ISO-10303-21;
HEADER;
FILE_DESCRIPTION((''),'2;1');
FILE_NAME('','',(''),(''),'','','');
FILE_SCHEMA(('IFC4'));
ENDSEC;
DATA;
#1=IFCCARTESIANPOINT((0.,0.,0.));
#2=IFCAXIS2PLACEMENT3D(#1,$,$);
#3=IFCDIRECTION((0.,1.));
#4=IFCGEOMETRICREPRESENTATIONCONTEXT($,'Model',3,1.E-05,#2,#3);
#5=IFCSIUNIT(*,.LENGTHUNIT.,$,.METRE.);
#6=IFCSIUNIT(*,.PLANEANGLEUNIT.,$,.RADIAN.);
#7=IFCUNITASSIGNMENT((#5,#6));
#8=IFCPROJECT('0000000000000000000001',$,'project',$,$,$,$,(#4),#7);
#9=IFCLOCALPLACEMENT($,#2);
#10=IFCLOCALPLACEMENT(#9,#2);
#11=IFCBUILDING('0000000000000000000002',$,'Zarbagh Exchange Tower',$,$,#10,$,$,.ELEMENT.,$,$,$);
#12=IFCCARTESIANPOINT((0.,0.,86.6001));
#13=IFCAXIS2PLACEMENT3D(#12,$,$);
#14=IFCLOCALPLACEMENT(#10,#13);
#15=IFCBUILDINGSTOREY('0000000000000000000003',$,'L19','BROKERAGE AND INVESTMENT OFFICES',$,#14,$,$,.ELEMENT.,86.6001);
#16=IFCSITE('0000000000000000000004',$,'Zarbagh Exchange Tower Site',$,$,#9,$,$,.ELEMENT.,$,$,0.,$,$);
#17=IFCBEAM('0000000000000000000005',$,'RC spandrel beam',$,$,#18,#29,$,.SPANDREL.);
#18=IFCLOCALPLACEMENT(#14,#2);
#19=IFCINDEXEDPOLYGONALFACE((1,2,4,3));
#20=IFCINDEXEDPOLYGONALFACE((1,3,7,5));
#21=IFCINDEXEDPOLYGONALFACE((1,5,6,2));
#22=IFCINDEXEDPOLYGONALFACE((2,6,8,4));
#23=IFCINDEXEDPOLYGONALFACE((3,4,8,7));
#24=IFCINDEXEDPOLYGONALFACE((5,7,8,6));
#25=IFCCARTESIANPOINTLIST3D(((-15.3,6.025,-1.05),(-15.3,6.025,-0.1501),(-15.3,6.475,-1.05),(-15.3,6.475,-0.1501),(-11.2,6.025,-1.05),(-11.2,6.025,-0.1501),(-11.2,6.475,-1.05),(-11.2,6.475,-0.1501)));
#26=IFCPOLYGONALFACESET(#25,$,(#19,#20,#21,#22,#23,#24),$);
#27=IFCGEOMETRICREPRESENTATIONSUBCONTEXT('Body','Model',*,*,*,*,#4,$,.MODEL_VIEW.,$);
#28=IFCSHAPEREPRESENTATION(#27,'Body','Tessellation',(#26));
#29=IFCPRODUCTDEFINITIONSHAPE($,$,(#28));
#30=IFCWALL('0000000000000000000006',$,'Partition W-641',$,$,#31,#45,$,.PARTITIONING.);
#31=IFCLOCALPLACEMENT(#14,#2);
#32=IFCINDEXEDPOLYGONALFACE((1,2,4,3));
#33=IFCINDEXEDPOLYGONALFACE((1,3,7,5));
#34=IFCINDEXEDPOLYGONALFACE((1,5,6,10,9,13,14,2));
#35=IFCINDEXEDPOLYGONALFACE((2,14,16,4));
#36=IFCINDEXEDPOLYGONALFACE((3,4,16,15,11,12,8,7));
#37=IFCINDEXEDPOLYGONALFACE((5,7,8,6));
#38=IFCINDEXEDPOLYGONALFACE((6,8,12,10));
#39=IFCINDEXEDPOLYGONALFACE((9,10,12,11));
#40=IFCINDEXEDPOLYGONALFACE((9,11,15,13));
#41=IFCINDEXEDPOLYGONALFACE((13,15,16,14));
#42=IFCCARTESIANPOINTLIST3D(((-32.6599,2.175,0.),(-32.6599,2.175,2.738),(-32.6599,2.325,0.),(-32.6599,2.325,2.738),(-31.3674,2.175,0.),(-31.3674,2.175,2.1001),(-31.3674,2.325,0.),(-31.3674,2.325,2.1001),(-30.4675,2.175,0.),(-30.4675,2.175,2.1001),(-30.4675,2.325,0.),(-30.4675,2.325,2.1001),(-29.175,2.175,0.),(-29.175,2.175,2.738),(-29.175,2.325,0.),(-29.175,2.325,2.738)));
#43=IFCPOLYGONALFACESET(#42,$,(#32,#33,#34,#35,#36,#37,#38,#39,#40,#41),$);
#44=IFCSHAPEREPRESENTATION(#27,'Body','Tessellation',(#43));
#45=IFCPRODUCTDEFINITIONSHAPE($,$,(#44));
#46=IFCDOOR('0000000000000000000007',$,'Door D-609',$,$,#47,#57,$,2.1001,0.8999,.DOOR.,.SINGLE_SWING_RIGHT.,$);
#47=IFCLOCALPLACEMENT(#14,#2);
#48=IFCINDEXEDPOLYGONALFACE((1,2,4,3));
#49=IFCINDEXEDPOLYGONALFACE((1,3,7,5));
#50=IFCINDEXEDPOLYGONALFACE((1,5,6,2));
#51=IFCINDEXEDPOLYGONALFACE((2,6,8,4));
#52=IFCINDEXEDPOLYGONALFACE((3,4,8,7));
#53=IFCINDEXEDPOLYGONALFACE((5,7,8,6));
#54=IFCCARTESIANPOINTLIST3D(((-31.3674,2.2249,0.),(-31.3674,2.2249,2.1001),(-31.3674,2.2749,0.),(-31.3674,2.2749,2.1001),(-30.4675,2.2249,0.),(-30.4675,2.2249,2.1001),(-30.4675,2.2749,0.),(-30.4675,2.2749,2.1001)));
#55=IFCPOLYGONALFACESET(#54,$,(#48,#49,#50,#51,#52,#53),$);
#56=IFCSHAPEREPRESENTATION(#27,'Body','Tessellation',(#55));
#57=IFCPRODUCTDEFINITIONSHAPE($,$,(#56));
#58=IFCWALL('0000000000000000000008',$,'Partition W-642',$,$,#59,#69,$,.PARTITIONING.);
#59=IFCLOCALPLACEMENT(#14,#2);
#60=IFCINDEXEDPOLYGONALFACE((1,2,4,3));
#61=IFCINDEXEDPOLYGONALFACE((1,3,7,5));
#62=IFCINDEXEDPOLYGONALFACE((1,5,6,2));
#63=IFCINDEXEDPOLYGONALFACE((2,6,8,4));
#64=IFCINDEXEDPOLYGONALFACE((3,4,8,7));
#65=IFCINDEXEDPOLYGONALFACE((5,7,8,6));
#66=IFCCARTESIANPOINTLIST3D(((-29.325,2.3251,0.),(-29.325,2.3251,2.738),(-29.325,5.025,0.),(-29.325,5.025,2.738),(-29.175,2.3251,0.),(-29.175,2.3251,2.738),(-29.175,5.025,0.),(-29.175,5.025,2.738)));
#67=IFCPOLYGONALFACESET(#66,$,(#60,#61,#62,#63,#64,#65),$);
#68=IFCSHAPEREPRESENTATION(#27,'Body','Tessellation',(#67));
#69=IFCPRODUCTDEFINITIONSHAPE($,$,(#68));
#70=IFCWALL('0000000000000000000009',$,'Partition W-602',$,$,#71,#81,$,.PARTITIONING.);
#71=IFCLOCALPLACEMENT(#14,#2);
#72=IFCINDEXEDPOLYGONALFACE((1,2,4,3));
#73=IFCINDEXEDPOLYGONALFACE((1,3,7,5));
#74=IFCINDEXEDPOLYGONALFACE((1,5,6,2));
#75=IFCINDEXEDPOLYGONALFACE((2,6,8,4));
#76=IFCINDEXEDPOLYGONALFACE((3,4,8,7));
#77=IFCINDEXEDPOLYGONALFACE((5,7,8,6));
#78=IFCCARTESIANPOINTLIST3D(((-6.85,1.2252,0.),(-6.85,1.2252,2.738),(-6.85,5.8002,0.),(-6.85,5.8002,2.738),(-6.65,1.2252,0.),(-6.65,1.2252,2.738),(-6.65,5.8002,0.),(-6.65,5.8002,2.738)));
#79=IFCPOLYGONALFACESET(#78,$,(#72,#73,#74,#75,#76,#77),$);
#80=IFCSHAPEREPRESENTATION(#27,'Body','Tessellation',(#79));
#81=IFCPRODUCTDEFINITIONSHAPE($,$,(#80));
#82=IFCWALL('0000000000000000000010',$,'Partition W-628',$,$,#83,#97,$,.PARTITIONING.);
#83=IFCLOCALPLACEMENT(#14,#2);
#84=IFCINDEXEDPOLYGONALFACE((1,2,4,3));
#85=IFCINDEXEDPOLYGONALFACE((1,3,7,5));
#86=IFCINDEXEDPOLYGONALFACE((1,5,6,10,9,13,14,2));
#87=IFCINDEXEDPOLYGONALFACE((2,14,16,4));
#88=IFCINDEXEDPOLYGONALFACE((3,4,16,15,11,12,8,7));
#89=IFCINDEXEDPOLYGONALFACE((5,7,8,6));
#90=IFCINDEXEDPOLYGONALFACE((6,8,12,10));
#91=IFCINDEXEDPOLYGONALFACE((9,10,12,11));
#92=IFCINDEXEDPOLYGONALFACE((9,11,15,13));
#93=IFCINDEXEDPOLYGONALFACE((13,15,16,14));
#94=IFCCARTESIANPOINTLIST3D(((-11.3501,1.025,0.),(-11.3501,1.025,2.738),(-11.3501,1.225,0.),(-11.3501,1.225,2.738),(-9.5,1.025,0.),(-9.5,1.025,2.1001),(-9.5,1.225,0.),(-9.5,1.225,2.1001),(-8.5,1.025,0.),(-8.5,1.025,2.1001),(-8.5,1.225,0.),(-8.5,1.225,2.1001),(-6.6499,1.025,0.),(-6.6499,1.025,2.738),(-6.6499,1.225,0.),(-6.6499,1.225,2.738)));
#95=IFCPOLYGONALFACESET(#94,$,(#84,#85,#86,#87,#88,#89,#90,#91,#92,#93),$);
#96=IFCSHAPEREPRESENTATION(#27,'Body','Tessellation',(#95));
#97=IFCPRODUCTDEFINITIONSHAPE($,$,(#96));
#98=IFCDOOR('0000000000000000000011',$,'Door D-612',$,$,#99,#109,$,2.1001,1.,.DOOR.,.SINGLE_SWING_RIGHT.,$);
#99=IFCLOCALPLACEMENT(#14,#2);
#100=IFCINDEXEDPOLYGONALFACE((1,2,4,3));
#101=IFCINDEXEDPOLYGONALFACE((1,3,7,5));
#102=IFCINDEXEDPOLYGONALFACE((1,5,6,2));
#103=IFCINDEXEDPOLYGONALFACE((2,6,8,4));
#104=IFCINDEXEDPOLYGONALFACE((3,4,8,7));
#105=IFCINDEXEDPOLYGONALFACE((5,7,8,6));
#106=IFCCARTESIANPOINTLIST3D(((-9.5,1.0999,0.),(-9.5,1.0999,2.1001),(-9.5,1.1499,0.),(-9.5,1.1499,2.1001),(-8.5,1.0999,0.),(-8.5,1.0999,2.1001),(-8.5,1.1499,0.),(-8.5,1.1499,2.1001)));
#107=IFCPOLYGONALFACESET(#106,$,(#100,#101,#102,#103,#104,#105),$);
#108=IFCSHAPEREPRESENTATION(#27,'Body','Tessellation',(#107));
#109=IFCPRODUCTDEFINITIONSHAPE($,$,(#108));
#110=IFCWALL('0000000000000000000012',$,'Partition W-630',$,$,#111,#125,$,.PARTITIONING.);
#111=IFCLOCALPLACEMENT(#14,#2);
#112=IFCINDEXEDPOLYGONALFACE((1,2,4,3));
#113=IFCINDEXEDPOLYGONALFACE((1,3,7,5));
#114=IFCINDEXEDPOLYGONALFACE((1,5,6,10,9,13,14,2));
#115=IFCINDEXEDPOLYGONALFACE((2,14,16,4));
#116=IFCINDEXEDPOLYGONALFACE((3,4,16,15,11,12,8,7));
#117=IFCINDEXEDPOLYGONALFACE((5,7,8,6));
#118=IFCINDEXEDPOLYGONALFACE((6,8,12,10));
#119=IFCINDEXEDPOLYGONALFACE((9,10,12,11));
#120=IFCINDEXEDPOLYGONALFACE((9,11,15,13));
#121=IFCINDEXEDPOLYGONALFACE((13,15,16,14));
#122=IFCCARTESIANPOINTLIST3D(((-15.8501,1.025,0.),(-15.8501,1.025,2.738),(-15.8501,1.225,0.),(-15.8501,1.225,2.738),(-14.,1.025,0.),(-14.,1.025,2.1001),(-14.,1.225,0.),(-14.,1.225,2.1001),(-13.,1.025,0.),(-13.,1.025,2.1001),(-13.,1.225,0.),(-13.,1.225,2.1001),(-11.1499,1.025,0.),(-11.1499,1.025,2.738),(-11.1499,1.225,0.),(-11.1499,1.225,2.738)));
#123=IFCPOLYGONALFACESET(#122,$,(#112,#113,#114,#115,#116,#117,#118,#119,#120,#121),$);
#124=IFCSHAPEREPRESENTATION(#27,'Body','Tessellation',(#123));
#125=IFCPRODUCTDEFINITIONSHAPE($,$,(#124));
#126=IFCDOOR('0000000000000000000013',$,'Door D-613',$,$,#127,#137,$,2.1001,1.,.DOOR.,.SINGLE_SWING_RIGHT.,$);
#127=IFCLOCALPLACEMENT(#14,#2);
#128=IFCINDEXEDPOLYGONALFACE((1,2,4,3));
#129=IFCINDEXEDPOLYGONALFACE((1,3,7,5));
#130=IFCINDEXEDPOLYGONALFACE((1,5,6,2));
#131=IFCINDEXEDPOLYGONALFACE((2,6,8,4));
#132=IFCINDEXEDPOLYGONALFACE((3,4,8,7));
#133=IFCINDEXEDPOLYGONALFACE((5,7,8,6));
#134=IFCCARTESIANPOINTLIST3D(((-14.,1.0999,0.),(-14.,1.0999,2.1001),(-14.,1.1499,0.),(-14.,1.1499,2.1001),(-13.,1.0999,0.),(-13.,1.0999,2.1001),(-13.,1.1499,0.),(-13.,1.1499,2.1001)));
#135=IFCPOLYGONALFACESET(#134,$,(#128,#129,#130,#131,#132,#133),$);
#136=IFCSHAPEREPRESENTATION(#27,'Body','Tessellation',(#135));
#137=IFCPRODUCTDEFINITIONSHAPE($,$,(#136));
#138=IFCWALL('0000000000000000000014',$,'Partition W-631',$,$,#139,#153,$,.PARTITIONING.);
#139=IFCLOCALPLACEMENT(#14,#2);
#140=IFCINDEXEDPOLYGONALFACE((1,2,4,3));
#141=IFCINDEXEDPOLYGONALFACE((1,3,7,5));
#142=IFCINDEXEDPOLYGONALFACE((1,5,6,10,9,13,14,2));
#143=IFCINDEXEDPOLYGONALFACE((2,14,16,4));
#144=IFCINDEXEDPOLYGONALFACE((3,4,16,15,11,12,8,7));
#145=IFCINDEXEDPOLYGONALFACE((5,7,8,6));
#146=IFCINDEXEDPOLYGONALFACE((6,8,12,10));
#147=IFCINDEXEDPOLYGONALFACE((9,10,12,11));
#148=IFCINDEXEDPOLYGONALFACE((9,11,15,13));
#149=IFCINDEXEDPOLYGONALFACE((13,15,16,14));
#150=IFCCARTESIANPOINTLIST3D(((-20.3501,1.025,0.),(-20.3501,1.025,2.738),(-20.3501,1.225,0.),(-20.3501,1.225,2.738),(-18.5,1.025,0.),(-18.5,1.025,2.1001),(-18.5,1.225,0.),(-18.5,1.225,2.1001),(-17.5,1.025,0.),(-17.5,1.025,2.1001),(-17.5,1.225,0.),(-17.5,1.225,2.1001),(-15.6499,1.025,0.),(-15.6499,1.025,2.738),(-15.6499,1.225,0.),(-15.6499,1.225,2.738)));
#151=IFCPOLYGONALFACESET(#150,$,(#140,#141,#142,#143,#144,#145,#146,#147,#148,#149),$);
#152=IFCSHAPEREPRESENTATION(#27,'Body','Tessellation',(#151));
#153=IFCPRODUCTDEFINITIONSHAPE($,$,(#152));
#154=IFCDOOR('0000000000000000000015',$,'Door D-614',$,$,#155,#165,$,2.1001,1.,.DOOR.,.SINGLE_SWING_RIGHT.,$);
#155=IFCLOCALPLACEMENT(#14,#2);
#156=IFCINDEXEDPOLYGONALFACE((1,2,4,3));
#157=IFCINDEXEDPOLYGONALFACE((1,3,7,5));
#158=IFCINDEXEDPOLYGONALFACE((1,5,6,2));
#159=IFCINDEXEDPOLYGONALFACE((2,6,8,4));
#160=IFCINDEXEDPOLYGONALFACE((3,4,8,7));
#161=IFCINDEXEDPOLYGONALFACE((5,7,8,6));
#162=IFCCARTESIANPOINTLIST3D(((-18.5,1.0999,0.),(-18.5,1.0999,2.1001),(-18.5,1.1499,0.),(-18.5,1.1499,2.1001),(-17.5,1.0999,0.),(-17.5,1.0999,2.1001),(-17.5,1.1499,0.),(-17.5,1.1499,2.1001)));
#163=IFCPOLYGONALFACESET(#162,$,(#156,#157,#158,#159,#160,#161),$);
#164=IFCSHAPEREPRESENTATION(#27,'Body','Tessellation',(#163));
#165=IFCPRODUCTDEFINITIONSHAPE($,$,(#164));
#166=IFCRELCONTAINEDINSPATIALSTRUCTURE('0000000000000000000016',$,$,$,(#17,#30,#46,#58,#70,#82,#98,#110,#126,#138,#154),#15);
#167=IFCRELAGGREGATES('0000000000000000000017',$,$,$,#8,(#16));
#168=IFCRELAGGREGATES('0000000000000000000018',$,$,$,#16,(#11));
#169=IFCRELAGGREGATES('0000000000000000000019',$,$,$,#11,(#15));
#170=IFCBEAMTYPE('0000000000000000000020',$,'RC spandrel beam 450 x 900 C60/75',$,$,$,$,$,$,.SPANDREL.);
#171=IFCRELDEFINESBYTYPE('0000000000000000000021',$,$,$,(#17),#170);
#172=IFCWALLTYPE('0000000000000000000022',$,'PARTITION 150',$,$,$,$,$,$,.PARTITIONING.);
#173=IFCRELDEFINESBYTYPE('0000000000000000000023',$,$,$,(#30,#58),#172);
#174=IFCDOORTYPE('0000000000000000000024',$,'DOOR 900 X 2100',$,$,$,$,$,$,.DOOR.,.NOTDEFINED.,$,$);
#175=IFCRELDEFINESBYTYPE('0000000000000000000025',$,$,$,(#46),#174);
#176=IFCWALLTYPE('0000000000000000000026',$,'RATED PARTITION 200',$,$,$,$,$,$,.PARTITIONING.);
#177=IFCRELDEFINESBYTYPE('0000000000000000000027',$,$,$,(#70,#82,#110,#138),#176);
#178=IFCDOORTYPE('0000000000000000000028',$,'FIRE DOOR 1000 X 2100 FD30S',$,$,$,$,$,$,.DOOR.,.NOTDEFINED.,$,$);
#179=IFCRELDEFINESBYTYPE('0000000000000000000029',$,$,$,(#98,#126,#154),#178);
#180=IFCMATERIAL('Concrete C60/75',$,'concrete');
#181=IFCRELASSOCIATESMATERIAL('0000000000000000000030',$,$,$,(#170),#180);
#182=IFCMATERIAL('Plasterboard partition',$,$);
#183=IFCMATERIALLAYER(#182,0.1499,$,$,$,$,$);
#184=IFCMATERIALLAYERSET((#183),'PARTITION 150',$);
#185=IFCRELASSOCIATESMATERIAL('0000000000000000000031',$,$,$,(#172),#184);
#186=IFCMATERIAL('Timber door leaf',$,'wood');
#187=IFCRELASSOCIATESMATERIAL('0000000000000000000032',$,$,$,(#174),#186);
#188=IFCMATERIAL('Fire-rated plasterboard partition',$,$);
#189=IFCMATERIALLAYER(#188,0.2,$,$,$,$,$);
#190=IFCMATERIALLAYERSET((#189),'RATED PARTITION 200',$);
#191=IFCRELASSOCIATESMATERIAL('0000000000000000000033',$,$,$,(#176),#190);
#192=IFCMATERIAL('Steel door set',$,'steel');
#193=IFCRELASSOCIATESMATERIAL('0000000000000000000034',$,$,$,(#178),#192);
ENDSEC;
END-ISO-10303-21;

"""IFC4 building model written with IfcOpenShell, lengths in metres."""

from ifc_helpers import new_model, si_unit, direction, frame, frame_2d, origin, origin_2d, place, context, subcontext, project, spatial, rectangle, extrude, material, layer, layer_set, material_profile, profile_set, type_object, element, fill, save


model = new_model("IFC4")

# Units and contexts
model_context = context("Model", 3, precision=1e-05, world=origin(), true_north=direction((0.0, 1.0)))
body_context = subcontext(model_context, "Body", "Model", "MODEL_VIEW")
ifc_project = project(units=[si_unit("LENGTHUNIT", "METRE"), si_unit("PLANEANGLEUNIT", "RADIAN")], contexts=[model_context])

# Site, building, storey
site_placement = place(None, origin())
site = spatial("IfcSite", under=ifc_project, at=site_placement, Name="Zarbagh Exchange Tower Site", CompositionType="ELEMENT", RefElevation=0.0)
building_placement = place(site_placement, origin())
building = spatial("IfcBuilding", under=site, at=building_placement, Name="Zarbagh Exchange Tower", CompositionType="ELEMENT")
storey_placement = place(building_placement, frame((0.0, 0.0, 86.6001)))
storey = spatial("IfcBuildingStorey", under=building, at=storey_placement, Name="L19", Description="BROKERAGE AND INVESTMENT OFFICES", CompositionType="ELEMENT", Elevation=86.6001)

# Shared definitions
ifc_material_1 = material(Name="Concrete C60/75", Category="concrete")

# Beam
ifc_material_profile_1 = material_profile(ifc_material_1, rectangle(XDim=0.45, YDim=0.8999, at=origin_2d()), Name="RC spandrel beam 450 x 900 C60/75")
ifc_profile_set_1 = profile_set([ifc_material_profile_1], Name="Concrete C60/75")
beam_type_1 = type_object("IfcBeamType", Name="RC spandrel beam 450 x 900 C60/75", PredefinedType="SPANDREL", material=ifc_profile_set_1)
beam_1_placement = place(storey_placement, frame((-15.3, 6.25, -0.6001), z_axis=(1.0, 0.0, 0.0), x_axis=(0.0, 1.0, 0.0)))
element("IfcBeam", 1, at=beam_1_placement, inside=storey, type_object=beam_type_1, Name="RC spandrel beam", PredefinedType="SPANDREL", context=body_context, shape_type="SweptSolid", body=[
    extrude(rectangle(XDim=0.45, YDim=0.8999, at=origin_2d()), origin(), (0.0, 0.0, 1.0), 4.1001),
])

# Wall, opening, door
ifc_material_2 = material(Name="Plasterboard partition")
ifc_layer_1 = layer(ifc_material_2, 0.1499)
ifc_layer_set_1 = layer_set([ifc_layer_1], Name="PARTITION 150")
wall_type_1 = type_object("IfcWallType", Name="PARTITION 150", PredefinedType="PARTITIONING", material=ifc_layer_set_1)
wall_1_placement = place(storey_placement, frame((-32.6599, 2.25, 0.0), z_axis=(0.0, 0.0, 1.0), x_axis=(1.0, 0.0, 0.0)))
wall_1 = element("IfcWall", 2, at=wall_1_placement, inside=storey, type_object=wall_type_1, Name="Partition W-641", PredefinedType="PARTITIONING", context=body_context, shape_type="SweptSolid", body=[
    extrude(rectangle(XDim=3.4849, YDim=0.1499, at=frame_2d((1.7424, 0.0))), origin(), (0.0, 0.0, 1.0), 2.738),
])
opening_1_placement = place(wall_1_placement, frame((1.2925, 0.0, 0.0)))
opening_1 = element("IfcOpeningElement", 3, at=opening_1_placement, cuts=wall_1, PredefinedType="OPENING", context=body_context, shape_type="SweptSolid", body=[
    extrude(rectangle(XDim=0.8999, YDim=2.1001, at=frame_2d((0.45, 1.05))), frame((0.0, 0.085, 0.0), z_axis=(0.0, -1.0, 0.0), x_axis=(1.0, 0.0, 0.0)), (0.0, 0.0, 1.0), 0.1699),
])
ifc_material_3 = material(Name="Timber door leaf", Category="wood")
door_type_1 = type_object("IfcDoorType", Name="DOOR 900 X 2100", OperationType="NOTDEFINED", PredefinedType="DOOR", material=ifc_material_3)
door_1_placement = place(opening_1_placement, origin())
door_1 = element("IfcDoor", 4, at=door_1_placement, inside=storey, type_object=door_type_1, Name="Door D-609", OperationType="SINGLE_SWING_RIGHT", OverallHeight=2.1001, OverallWidth=0.8999, PredefinedType="DOOR", context=body_context, shape_type="SweptSolid", body=[
    extrude(rectangle(XDim=0.8999, YDim=2.1001, at=frame_2d((0.45, 1.05))), frame((0.0, 0.0249, 0.0), z_axis=(0.0, -1.0, 0.0), x_axis=(1.0, 0.0, 0.0)), (0.0, 0.0, 1.0), 0.05),
])
fill(opening_1, door_1)

# Walls
wall_2_placement = place(storey_placement, frame((-29.25, 2.325, 0.0), z_axis=(0.0, 0.0, 1.0), x_axis=(0.0, 1.0, 0.0)))
element("IfcWall", 5, at=wall_2_placement, inside=storey, type_object=wall_type_1, Name="Partition W-642", PredefinedType="PARTITIONING", context=body_context, shape_type="SweptSolid", body=[
    extrude(rectangle(XDim=2.7, YDim=0.1499, at=frame_2d((1.3501, 0.0))), origin(), (0.0, 0.0, 1.0), 2.738),
])
ifc_material_4 = material(Name="Fire-rated plasterboard partition")
ifc_layer_2 = layer(ifc_material_4, 0.2)
ifc_layer_set_2 = layer_set([ifc_layer_2], Name="RATED PARTITION 200")
wall_type_2 = type_object("IfcWallType", Name="RATED PARTITION 200", PredefinedType="PARTITIONING", material=ifc_layer_set_2)
wall_3_placement = place(storey_placement, frame((-6.75, 1.2251, 0.0), z_axis=(0.0, 0.0, 1.0), x_axis=(0.0, 1.0, 0.0)))
element("IfcWall", 6, at=wall_3_placement, inside=storey, type_object=wall_type_2, Name="Partition W-602", PredefinedType="PARTITIONING", context=body_context, shape_type="SweptSolid", body=[
    extrude(rectangle(XDim=4.575, YDim=0.2, at=frame_2d((2.2876, 0.0))), origin(), (0.0, 0.0, 1.0), 2.738),
])

# Walls, openings, doors
wall_4_placement = place(storey_placement, frame((-11.3501, 1.125, 0.0), z_axis=(0.0, 0.0, 1.0), x_axis=(1.0, 0.0, 0.0)))
wall_4 = element("IfcWall", 7, at=wall_4_placement, inside=storey, type_object=wall_type_2, Name="Partition W-628", PredefinedType="PARTITIONING", context=body_context, shape_type="SweptSolid", body=[
    extrude(rectangle(XDim=4.7002, YDim=0.2, at=frame_2d((2.3501, 0.0))), origin(), (0.0, 0.0, 1.0), 2.738),
])
opening_2_placement = place(wall_4_placement, frame((1.8501, 0.0, 0.0)))
opening_2 = element("IfcOpeningElement", 8, at=opening_2_placement, cuts=wall_4, PredefinedType="OPENING", context=body_context, shape_type="SweptSolid", body=[
    extrude(rectangle(XDim=1.0, YDim=2.1001, at=frame_2d((0.5, 1.05))), frame((0.0, 0.1099, 0.0), z_axis=(0.0, -1.0, 0.0), x_axis=(1.0, 0.0, 0.0)), (0.0, 0.0, 1.0), 0.22),
])
ifc_material_5 = material(Name="Steel door set", Category="steel")
door_type_2 = type_object("IfcDoorType", Name="FIRE DOOR 1000 X 2100 FD30S", OperationType="NOTDEFINED", PredefinedType="DOOR", material=ifc_material_5)
door_2_placement = place(opening_2_placement, origin())
door_2 = element("IfcDoor", 9, at=door_2_placement, inside=storey, type_object=door_type_2, Name="Door D-612", OperationType="SINGLE_SWING_RIGHT", OverallHeight=2.1001, OverallWidth=1.0, PredefinedType="DOOR", context=body_context, shape_type="SweptSolid", body=[
    extrude(rectangle(XDim=1.0, YDim=2.1001, at=frame_2d((0.5, 1.05))), frame((0.0, 0.0249, 0.0), z_axis=(0.0, -1.0, 0.0), x_axis=(1.0, 0.0, 0.0)), (0.0, 0.0, 1.0), 0.05),
])
fill(opening_2, door_2)
wall_5_placement = place(storey_placement, frame((-15.8501, 1.125, 0.0), z_axis=(0.0, 0.0, 1.0), x_axis=(1.0, 0.0, 0.0)))
wall_5 = element("IfcWall", 10, at=wall_5_placement, inside=storey, type_object=wall_type_2, Name="Partition W-630", PredefinedType="PARTITIONING", context=body_context, shape_type="SweptSolid", body=[
    extrude(rectangle(XDim=4.7002, YDim=0.2, at=frame_2d((2.3501, 0.0))), origin(), (0.0, 0.0, 1.0), 2.738),
])
opening_3_placement = place(wall_5_placement, frame((1.8501, 0.0, 0.0)))
opening_3 = element("IfcOpeningElement", 11, at=opening_3_placement, cuts=wall_5, PredefinedType="OPENING", context=body_context, shape_type="SweptSolid", body=[
    extrude(rectangle(XDim=1.0, YDim=2.1001, at=frame_2d((0.5, 1.05))), frame((0.0, 0.1099, 0.0), z_axis=(0.0, -1.0, 0.0), x_axis=(1.0, 0.0, 0.0)), (0.0, 0.0, 1.0), 0.22),
])
door_3_placement = place(opening_3_placement, origin())
door_3 = element("IfcDoor", 12, at=door_3_placement, inside=storey, type_object=door_type_2, Name="Door D-613", OperationType="SINGLE_SWING_RIGHT", OverallHeight=2.1001, OverallWidth=1.0, PredefinedType="DOOR", context=body_context, shape_type="SweptSolid", body=[
    extrude(rectangle(XDim=1.0, YDim=2.1001, at=frame_2d((0.5, 1.05))), frame((0.0, 0.0249, 0.0), z_axis=(0.0, -1.0, 0.0), x_axis=(1.0, 0.0, 0.0)), (0.0, 0.0, 1.0), 0.05),
])
fill(opening_3, door_3)
wall_6_placement = place(storey_placement, frame((-20.3501, 1.125, 0.0), z_axis=(0.0, 0.0, 1.0), x_axis=(1.0, 0.0, 0.0)))
wall_6 = element("IfcWall", 13, at=wall_6_placement, inside=storey, type_object=wall_type_2, Name="Partition W-631", PredefinedType="PARTITIONING", context=body_context, shape_type="SweptSolid", body=[
    extrude(rectangle(XDim=4.7002, YDim=0.2, at=frame_2d((2.3501, 0.0))), origin(), (0.0, 0.0, 1.0), 2.738),
])
opening_4_placement = place(wall_6_placement, frame((1.8501, 0.0, 0.0)))
opening_4 = element("IfcOpeningElement", 14, at=opening_4_placement, cuts=wall_6, PredefinedType="OPENING", context=body_context, shape_type="SweptSolid", body=[
    extrude(rectangle(XDim=1.0, YDim=2.1001, at=frame_2d((0.5, 1.05))), frame((0.0, 0.1099, 0.0), z_axis=(0.0, -1.0, 0.0), x_axis=(1.0, 0.0, 0.0)), (0.0, 0.0, 1.0), 0.22),
])
door_4_placement = place(opening_4_placement, origin())
door_4 = element("IfcDoor", 15, at=door_4_placement, inside=storey, type_object=door_type_2, Name="Door D-614", OperationType="SINGLE_SWING_RIGHT", OverallHeight=2.1001, OverallWidth=1.0, PredefinedType="DOOR", context=body_context, shape_type="SweptSolid", body=[
    extrude(rectangle(XDim=1.0, YDim=2.1001, at=frame_2d((0.5, 1.05))), frame((0.0, 0.0249, 0.0), z_axis=(0.0, -1.0, 0.0), x_axis=(1.0, 0.0, 0.0)), (0.0, 0.0, 1.0), 0.05),
])
fill(opening_4, door_4)

save(model, "model.ifc")
